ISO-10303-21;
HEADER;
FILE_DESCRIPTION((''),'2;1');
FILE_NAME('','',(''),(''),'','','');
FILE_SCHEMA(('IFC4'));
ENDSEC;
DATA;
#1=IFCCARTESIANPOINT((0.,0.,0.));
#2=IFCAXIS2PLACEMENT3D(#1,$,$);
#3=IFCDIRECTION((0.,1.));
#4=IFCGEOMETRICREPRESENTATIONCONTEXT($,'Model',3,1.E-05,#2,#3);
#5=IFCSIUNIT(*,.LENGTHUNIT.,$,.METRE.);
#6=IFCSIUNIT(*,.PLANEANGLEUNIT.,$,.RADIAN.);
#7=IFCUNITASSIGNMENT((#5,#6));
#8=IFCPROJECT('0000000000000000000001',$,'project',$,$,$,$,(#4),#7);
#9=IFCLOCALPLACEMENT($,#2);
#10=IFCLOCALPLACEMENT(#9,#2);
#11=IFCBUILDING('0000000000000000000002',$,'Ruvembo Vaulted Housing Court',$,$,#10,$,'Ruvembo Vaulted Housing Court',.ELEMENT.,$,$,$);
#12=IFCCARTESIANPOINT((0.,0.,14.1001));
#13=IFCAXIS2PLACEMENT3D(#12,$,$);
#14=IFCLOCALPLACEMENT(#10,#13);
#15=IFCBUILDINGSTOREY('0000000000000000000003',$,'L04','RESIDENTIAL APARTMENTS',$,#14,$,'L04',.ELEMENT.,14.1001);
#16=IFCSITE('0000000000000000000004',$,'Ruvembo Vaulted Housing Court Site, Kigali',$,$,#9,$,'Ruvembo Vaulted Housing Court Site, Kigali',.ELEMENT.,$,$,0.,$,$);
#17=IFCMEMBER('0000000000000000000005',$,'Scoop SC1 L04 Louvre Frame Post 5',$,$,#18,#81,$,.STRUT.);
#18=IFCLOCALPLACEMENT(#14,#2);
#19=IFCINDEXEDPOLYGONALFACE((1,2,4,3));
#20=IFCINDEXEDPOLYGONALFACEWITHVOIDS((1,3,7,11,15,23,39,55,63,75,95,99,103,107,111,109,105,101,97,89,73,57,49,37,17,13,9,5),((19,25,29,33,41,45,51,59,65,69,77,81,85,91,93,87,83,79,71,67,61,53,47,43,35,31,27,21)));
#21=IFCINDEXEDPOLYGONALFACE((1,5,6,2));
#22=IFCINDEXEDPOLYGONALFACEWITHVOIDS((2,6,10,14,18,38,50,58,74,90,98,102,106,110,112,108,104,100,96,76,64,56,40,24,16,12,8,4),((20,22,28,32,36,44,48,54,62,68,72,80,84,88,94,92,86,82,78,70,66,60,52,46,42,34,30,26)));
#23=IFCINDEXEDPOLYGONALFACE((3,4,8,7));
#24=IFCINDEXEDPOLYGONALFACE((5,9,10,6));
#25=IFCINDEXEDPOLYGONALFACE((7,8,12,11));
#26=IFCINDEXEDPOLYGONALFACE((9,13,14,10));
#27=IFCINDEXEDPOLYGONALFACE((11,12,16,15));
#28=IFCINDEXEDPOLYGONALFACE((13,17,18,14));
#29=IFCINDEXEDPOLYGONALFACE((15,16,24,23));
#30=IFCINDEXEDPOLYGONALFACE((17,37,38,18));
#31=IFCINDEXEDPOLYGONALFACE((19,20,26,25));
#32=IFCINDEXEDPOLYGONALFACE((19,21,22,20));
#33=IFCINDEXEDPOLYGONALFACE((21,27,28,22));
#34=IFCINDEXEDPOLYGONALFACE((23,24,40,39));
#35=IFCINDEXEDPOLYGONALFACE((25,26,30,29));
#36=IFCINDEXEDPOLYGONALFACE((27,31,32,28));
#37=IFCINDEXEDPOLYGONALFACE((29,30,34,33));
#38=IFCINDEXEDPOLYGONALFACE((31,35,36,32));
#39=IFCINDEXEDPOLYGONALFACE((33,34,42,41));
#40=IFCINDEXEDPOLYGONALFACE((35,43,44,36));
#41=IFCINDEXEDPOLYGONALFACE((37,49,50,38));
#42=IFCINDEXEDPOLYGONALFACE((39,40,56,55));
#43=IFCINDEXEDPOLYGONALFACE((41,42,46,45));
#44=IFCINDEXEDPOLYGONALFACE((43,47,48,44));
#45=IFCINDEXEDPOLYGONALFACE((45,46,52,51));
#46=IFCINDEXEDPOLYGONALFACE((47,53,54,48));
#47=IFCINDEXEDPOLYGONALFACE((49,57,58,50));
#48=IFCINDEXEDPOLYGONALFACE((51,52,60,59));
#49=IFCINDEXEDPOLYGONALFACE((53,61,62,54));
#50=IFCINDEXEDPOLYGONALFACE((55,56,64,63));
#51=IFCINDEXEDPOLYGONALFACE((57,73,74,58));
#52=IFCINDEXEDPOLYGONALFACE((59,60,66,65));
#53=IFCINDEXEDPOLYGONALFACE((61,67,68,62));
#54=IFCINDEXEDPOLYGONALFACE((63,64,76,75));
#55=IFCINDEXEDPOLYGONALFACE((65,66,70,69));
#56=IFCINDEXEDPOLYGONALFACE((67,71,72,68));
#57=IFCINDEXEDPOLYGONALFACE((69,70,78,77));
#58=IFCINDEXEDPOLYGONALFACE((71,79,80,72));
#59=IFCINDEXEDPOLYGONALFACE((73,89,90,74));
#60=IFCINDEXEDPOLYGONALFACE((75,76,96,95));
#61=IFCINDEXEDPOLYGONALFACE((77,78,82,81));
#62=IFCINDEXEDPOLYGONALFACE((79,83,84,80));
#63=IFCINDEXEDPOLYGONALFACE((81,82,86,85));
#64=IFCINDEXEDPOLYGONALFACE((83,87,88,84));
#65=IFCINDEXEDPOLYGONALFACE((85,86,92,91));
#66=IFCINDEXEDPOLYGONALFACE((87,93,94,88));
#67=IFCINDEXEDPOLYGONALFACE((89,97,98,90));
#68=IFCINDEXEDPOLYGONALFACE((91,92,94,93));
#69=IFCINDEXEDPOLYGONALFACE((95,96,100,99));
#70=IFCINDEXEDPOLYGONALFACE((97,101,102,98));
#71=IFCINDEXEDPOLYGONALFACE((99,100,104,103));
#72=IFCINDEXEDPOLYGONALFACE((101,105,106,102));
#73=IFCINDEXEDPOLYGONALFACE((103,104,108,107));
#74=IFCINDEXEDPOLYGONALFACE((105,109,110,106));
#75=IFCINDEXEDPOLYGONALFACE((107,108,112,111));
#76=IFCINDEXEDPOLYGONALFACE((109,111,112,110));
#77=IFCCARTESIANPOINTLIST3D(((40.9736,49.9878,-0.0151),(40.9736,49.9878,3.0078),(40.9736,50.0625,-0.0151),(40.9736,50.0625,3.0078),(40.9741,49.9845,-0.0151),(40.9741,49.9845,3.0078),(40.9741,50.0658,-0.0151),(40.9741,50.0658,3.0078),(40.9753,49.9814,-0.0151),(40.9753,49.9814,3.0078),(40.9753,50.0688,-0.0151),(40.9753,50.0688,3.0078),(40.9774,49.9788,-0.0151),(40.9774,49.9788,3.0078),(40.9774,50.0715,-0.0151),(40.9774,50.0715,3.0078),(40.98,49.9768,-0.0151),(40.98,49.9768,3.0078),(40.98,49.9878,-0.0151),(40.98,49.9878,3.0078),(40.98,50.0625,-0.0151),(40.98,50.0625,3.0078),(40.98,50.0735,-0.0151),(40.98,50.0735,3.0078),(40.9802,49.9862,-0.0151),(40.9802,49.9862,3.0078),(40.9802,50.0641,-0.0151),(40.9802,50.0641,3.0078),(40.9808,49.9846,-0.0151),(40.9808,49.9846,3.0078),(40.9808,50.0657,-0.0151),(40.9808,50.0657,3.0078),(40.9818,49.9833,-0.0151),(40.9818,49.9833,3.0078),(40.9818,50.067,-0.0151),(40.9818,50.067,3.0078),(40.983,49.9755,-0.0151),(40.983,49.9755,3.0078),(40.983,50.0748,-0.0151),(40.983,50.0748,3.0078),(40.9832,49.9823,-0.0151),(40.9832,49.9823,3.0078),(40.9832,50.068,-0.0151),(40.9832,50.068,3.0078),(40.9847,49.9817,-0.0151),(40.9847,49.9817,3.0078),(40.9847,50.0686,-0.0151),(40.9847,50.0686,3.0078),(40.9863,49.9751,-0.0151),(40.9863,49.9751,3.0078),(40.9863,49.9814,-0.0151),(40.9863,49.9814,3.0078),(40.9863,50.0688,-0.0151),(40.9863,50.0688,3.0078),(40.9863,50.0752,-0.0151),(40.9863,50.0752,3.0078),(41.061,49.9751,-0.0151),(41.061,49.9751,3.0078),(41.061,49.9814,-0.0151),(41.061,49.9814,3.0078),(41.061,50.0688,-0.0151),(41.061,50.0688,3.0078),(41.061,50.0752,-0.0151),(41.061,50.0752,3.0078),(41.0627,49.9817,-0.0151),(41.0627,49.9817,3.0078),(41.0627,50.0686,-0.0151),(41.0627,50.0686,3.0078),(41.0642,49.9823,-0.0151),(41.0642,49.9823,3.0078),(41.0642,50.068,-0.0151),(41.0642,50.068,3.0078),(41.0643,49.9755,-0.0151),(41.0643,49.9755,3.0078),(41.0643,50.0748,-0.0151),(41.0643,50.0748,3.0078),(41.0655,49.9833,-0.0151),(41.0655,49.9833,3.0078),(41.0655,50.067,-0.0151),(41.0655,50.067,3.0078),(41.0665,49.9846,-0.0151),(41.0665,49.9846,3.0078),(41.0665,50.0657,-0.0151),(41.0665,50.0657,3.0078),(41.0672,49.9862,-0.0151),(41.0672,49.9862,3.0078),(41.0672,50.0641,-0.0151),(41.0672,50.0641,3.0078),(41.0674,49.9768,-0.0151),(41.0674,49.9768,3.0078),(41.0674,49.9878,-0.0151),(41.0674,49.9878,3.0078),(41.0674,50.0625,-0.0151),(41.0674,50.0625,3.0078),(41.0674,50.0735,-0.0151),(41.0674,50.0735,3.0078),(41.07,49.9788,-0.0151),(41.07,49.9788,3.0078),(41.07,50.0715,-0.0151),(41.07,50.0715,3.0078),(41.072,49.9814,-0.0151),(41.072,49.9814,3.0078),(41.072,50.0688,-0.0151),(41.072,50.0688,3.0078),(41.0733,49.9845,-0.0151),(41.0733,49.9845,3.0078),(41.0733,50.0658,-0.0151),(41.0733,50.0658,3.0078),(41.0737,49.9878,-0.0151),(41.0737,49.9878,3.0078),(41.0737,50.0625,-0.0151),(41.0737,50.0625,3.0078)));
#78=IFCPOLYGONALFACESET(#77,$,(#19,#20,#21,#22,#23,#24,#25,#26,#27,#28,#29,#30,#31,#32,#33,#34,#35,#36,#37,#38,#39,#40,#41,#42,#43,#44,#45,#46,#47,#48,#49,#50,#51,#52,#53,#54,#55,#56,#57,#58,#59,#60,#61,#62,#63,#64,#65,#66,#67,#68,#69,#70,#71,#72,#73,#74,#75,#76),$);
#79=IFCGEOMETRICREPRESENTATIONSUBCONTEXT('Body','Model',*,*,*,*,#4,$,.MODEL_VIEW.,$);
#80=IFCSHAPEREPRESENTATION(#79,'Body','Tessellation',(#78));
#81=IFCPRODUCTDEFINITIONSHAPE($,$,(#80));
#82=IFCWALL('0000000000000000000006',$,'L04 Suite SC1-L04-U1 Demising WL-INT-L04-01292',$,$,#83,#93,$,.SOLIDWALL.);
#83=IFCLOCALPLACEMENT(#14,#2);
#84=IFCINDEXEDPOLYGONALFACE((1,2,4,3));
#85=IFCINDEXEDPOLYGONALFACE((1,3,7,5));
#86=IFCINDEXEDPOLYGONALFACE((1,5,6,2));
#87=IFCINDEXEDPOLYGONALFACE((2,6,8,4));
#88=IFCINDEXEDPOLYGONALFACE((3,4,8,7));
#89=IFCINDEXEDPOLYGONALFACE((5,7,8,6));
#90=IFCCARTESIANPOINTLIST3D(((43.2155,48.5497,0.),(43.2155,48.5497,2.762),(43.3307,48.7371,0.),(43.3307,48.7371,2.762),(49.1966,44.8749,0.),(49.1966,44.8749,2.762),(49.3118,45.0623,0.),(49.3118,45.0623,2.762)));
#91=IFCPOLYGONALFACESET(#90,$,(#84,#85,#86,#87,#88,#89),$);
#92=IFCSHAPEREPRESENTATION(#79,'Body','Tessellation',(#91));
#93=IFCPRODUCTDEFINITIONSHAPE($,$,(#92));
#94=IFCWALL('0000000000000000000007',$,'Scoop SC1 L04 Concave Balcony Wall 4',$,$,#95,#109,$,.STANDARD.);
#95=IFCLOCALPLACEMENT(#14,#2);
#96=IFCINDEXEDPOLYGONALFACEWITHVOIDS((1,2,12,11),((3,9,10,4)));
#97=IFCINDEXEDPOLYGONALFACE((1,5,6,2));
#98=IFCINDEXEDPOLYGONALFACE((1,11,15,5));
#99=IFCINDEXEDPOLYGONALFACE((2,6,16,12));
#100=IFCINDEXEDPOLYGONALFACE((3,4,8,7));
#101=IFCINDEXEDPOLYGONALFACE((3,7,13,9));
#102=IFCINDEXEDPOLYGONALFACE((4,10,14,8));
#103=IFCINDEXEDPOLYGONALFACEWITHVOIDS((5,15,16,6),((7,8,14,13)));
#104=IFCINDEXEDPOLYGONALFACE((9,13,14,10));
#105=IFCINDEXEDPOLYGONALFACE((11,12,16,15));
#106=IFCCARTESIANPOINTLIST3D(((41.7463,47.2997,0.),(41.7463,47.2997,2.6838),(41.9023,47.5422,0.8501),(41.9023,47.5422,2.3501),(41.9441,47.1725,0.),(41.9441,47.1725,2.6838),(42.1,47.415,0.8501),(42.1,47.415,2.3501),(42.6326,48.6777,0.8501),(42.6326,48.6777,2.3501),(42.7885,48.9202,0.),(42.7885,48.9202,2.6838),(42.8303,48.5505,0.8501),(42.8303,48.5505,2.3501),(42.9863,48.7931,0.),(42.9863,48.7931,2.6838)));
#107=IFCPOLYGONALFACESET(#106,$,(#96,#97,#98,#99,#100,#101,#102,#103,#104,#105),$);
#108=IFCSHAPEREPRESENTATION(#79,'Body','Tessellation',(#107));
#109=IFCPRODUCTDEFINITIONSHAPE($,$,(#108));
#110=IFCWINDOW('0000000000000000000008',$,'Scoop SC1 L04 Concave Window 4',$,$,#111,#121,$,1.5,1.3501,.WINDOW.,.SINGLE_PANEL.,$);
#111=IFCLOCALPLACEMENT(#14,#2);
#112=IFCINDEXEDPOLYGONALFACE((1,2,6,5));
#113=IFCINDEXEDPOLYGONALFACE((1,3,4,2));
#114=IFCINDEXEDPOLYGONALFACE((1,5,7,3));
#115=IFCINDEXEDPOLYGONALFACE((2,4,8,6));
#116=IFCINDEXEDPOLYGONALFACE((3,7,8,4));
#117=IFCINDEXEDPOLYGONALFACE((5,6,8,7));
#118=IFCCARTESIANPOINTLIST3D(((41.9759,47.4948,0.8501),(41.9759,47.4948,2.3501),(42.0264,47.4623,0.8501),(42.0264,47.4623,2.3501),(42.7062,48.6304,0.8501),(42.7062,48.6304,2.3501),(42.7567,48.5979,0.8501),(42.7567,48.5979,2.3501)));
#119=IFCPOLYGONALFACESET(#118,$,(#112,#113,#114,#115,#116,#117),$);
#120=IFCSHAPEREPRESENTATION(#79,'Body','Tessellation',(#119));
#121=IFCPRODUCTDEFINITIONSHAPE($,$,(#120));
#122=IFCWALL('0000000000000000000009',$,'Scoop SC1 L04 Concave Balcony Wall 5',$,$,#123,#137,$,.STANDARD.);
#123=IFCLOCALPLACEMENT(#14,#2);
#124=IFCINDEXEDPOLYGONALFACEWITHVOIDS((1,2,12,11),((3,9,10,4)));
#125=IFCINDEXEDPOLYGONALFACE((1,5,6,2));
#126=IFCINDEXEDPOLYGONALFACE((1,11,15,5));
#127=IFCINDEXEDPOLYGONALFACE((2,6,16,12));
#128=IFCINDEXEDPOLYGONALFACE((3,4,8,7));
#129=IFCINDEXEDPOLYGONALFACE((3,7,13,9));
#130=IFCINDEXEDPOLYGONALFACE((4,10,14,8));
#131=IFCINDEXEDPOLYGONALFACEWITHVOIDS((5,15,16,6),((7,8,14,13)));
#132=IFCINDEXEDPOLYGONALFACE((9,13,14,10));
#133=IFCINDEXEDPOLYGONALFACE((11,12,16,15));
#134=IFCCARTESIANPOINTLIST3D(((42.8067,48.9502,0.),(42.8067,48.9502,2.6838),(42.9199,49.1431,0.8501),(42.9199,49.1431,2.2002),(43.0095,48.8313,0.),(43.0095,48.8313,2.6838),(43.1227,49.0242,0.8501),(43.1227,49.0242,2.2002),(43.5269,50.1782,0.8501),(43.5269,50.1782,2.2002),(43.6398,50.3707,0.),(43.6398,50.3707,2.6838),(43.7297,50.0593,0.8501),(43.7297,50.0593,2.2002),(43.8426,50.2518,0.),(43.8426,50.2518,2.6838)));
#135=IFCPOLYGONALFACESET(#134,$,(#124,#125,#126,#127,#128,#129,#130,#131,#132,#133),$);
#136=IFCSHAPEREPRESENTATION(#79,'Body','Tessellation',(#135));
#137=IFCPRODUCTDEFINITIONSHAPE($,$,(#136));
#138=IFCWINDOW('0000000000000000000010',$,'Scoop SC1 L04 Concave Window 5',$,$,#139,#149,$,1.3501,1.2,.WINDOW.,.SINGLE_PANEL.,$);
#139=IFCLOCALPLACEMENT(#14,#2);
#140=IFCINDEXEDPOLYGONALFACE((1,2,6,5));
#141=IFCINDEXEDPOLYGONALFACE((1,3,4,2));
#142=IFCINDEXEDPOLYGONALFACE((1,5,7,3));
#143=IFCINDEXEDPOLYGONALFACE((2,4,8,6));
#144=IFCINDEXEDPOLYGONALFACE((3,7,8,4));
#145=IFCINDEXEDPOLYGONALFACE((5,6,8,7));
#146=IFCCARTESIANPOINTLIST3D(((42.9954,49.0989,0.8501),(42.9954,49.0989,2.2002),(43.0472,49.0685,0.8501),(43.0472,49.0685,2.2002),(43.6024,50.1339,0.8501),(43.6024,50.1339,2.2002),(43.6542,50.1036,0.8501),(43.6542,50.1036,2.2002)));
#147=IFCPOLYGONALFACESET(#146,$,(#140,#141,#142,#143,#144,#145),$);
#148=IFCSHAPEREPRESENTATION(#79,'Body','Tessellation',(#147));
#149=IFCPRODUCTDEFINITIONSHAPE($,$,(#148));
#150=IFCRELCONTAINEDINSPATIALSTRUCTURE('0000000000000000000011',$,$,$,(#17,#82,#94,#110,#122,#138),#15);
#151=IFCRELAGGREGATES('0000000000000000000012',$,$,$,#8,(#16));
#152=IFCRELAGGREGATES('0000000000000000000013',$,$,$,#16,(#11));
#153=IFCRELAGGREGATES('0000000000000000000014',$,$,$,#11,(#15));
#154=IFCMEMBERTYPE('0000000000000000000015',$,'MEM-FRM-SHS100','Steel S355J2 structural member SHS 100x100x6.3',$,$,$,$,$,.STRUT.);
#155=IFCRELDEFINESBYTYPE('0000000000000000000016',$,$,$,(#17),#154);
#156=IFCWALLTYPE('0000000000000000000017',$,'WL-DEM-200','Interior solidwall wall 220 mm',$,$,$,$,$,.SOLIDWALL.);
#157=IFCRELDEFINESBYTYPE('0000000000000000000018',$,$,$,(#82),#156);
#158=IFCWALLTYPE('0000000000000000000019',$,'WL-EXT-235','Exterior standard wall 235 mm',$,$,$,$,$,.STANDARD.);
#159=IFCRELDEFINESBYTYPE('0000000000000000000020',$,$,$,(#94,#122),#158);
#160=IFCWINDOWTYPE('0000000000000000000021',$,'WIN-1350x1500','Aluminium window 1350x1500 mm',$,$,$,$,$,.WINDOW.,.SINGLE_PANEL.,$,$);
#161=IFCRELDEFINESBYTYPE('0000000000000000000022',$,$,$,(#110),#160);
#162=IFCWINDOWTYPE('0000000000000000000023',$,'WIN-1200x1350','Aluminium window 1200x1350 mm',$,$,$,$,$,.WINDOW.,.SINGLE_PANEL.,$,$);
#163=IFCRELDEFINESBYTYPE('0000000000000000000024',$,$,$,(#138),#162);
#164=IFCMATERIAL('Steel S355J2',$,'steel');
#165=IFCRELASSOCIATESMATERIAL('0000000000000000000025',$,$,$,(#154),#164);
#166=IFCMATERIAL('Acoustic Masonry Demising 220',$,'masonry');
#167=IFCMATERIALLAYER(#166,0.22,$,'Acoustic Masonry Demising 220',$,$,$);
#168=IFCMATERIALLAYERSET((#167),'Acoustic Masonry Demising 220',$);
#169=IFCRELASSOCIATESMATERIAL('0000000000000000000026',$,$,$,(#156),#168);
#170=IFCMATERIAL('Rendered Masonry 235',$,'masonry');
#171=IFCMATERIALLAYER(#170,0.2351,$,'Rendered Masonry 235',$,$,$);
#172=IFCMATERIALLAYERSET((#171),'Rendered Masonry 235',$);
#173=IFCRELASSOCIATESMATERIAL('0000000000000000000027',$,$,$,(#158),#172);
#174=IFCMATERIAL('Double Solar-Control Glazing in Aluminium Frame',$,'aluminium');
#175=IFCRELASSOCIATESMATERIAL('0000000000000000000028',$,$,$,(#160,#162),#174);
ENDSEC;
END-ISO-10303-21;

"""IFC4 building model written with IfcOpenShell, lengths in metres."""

from ifc_helpers import new_model, si_unit, direction, frame, frame_2d, origin, origin_2d, place, context, subcontext, project, spatial, rectangle, hollow_rectangle, extrude, material, layer, layer_set, material_profile, profile_set, type_object, element, fill, save


model = new_model("IFC4")

# Units and contexts
model_context = context("Model", 3, precision=1e-05, world=origin(), true_north=direction((0.0, 1.0)))
body_context = subcontext(model_context, "Body", "Model", "MODEL_VIEW")
ifc_project = project(units=[si_unit("LENGTHUNIT", "METRE"), si_unit("PLANEANGLEUNIT", "RADIAN")], contexts=[model_context])

# Site, building, storey
site_placement = place(None, origin())
site = spatial("IfcSite", under=ifc_project, at=site_placement, Name="Ruvembo Vaulted Housing Court Site, Kigali", LongName="Ruvembo Vaulted Housing Court Site, Kigali", CompositionType="ELEMENT", RefElevation=0.0)
building_placement = place(site_placement, origin())
building = spatial("IfcBuilding", under=site, at=building_placement, Name="Ruvembo Vaulted Housing Court", LongName="Ruvembo Vaulted Housing Court", CompositionType="ELEMENT")
storey_placement = place(building_placement, frame((0.0, 0.0, 14.1001)))
storey = spatial("IfcBuildingStorey", under=building, at=storey_placement, Name="L04", Description="RESIDENTIAL APARTMENTS", LongName="L04", CompositionType="ELEMENT", Elevation=14.1001)

# Shared definitions
ifc_material_1 = material(Name="Steel S355J2", Category="steel")

# Member
ifc_material_profile_1 = material_profile(ifc_material_1, hollow_rectangle(XDim=0.1001, YDim=0.1001, WallThickness=0.0063, InnerFilletRadius=0.0063, OuterFilletRadius=0.0127, at=origin_2d()), Name="SHS 100x100x6.3")
ifc_profile_set_1 = profile_set([ifc_material_profile_1], Name="Steel S355J2")
member_type_1 = type_object("IfcMemberType", Name="MEM-FRM-SHS100", Description="Steel S355J2 structural member SHS 100x100x6.3", PredefinedType="STRUT", material=ifc_profile_set_1)
for number, where, z_axis, x_axis, name in (
    (1, (41.0237, 50.0251, -0.0151), (0.0, 0.0, 1.0), (1.0, 0.0, 0.0), "Scoop SC1 L04 Louvre Frame Post 5"),
):
    element("IfcMember", number, at=place(storey_placement, frame(where, z_axis=z_axis, x_axis=x_axis)), inside=storey, type_object=member_type_1, Name=name, PredefinedType="STRUT", context=body_context, shape_type="SweptSolid", body=[
        extrude(hollow_rectangle(XDim=0.1001, YDim=0.1001, WallThickness=0.0063, InnerFilletRadius=0.0063, OuterFilletRadius=0.0127, at=origin_2d()), origin(), (0.0, 0.0, 1.0), 3.0229),
    ])

# Wall
ifc_material_2 = material(Name="Acoustic Masonry Demising 220", Category="masonry")
ifc_layer_1 = layer(ifc_material_2, 0.22, Name="Acoustic Masonry Demising 220")
ifc_layer_set_1 = layer_set([ifc_layer_1], Name="Acoustic Masonry Demising 220")
wall_type_1 = type_object("IfcWallType", Name="WL-DEM-200", Description="Interior solidwall wall 220 mm", PredefinedType="SOLIDWALL", material=ifc_layer_set_1)
wall_1_placement = place(storey_placement, frame((43.2732, 48.6433, 0.0), z_axis=(0.0, 0.0, 1.0), x_axis=(0.852035, -0.523484, 0.0)))
element("IfcWall", 2, at=wall_1_placement, inside=storey, type_object=wall_type_1, Name="L04 Suite SC1-L04-U1 Demising WL-INT-L04-01292", PredefinedType="SOLIDWALL", context=body_context, shape_type="SweptSolid", body=[
    extrude(rectangle(XDim=7.0198, YDim=0.22, at=frame_2d((3.5098, 0.0))), origin(), (0.0, 0.0, 1.0), 2.762),
])

# Walls, openings, windows
ifc_material_3 = material(Name="Rendered Masonry 235", Category="masonry")
ifc_layer_2 = layer(ifc_material_3, 0.2351, Name="Rendered Masonry 235")
ifc_layer_set_2 = layer_set([ifc_layer_2], Name="Rendered Masonry 235")
wall_type_2 = type_object("IfcWallType", Name="WL-EXT-235", Description="Exterior standard wall 235 mm", PredefinedType="STANDARD", material=ifc_layer_set_2)
wall_2_placement = place(storey_placement, frame((41.8452, 47.2361, 0.0), z_axis=(0.0, 0.0, 1.0), x_axis=(0.540911, 0.84108, 0.0)))
wall_2 = element("IfcWall", 3, at=wall_2_placement, inside=storey, type_object=wall_type_2, Name="Scoop SC1 L04 Concave Balcony Wall 4", PredefinedType="STANDARD", context=body_context, shape_type="SweptSolid", body=[
    extrude(rectangle(XDim=1.9268, YDim=0.2351, at=frame_2d((0.9634, 0.0))), origin(), (0.0, 0.0, 1.0), 2.6838),
])
opening_1_placement = place(wall_2_placement, frame((0.2883, 0.0, 0.8501)))
opening_1 = element("IfcOpeningElement", 4, at=opening_1_placement, cuts=wall_2, PredefinedType="OPENING", context=body_context, shape_type="SweptSolid", body=[
    extrude(rectangle(XDim=1.3501, YDim=1.5, at=frame_2d((0.675, 0.75))), frame((0.0, 0.1274, 0.0), z_axis=(0.0, -1.0, 0.0), x_axis=(1.0, 0.0, 0.0)), (0.0, 0.0, 1.0), 0.2551),
])
ifc_material_4 = material(Name="Double Solar-Control Glazing in Aluminium Frame", Category="aluminium")
window_type_1 = type_object("IfcWindowType", Name="WIN-1350x1500", Description="Aluminium window 1350x1500 mm", PartitioningType="SINGLE_PANEL", PredefinedType="WINDOW", material=ifc_material_4)
window_1_placement = place(opening_1_placement, origin())
window_1 = element("IfcWindow", 5, at=window_1_placement, inside=storey, type_object=window_type_1, Name="Scoop SC1 L04 Concave Window 4", OverallHeight=1.5, OverallWidth=1.3501, PartitioningType="SINGLE_PANEL", PredefinedType="WINDOW", context=body_context, shape_type="SweptSolid", body=[
    extrude(rectangle(XDim=1.3501, YDim=1.5, at=frame_2d((0.675, 0.75))), frame((0.0, 0.03, 0.0), z_axis=(0.0, -1.0, 0.0), x_axis=(1.0, 0.0, 0.0)), (0.0, 0.0, 1.0), 0.0601),
])
fill(opening_1, window_1)
wall_3_placement = place(storey_placement, frame((42.9082, 48.8909, 0.0), z_axis=(0.0, 0.0, 1.0), x_axis=(0.505879, 0.862604, 0.0)))
wall_3 = element("IfcWall", 6, at=wall_3_placement, inside=storey, type_object=wall_type_2, Name="Scoop SC1 L04 Concave Balcony Wall 5", PredefinedType="STANDARD", context=body_context, shape_type="SweptSolid", body=[
    extrude(rectangle(XDim=1.6467, YDim=0.2351, at=frame_2d((0.8232, 0.0))), origin(), (0.0, 0.0, 1.0), 2.6838),
])
opening_2_placement = place(wall_3_placement, frame((0.2234, 0.0, 0.8501)))
opening_2 = element("IfcOpeningElement", 7, at=opening_2_placement, cuts=wall_3, PredefinedType="OPENING", context=body_context, shape_type="SweptSolid", body=[
    extrude(rectangle(XDim=1.2, YDim=1.3501, at=frame_2d((0.6001, 0.675))), frame((0.0, 0.1274, 0.0), z_axis=(0.0, -1.0, 0.0), x_axis=(1.0, 0.0, 0.0)), (0.0, 0.0, 1.0), 0.2551),
])
window_type_2 = type_object("IfcWindowType", Name="WIN-1200x1350", Description="Aluminium window 1200x1350 mm", PartitioningType="SINGLE_PANEL", PredefinedType="WINDOW", material=ifc_material_4)
window_2_placement = place(opening_2_placement, origin())
window_2 = element("IfcWindow", 8, at=window_2_placement, inside=storey, type_object=window_type_2, Name="Scoop SC1 L04 Concave Window 5", OverallHeight=1.3501, OverallWidth=1.2, PartitioningType="SINGLE_PANEL", PredefinedType="WINDOW", context=body_context, shape_type="SweptSolid", body=[
    extrude(rectangle(XDim=1.2, YDim=1.3501, at=frame_2d((0.6001, 0.675))), frame((0.0, 0.03, 0.0), z_axis=(0.0, -1.0, 0.0), x_axis=(1.0, 0.0, 0.0)), (0.0, 0.0, 1.0), 0.0601),
])
fill(opening_2, window_2)

save(model, "model.ifc")
